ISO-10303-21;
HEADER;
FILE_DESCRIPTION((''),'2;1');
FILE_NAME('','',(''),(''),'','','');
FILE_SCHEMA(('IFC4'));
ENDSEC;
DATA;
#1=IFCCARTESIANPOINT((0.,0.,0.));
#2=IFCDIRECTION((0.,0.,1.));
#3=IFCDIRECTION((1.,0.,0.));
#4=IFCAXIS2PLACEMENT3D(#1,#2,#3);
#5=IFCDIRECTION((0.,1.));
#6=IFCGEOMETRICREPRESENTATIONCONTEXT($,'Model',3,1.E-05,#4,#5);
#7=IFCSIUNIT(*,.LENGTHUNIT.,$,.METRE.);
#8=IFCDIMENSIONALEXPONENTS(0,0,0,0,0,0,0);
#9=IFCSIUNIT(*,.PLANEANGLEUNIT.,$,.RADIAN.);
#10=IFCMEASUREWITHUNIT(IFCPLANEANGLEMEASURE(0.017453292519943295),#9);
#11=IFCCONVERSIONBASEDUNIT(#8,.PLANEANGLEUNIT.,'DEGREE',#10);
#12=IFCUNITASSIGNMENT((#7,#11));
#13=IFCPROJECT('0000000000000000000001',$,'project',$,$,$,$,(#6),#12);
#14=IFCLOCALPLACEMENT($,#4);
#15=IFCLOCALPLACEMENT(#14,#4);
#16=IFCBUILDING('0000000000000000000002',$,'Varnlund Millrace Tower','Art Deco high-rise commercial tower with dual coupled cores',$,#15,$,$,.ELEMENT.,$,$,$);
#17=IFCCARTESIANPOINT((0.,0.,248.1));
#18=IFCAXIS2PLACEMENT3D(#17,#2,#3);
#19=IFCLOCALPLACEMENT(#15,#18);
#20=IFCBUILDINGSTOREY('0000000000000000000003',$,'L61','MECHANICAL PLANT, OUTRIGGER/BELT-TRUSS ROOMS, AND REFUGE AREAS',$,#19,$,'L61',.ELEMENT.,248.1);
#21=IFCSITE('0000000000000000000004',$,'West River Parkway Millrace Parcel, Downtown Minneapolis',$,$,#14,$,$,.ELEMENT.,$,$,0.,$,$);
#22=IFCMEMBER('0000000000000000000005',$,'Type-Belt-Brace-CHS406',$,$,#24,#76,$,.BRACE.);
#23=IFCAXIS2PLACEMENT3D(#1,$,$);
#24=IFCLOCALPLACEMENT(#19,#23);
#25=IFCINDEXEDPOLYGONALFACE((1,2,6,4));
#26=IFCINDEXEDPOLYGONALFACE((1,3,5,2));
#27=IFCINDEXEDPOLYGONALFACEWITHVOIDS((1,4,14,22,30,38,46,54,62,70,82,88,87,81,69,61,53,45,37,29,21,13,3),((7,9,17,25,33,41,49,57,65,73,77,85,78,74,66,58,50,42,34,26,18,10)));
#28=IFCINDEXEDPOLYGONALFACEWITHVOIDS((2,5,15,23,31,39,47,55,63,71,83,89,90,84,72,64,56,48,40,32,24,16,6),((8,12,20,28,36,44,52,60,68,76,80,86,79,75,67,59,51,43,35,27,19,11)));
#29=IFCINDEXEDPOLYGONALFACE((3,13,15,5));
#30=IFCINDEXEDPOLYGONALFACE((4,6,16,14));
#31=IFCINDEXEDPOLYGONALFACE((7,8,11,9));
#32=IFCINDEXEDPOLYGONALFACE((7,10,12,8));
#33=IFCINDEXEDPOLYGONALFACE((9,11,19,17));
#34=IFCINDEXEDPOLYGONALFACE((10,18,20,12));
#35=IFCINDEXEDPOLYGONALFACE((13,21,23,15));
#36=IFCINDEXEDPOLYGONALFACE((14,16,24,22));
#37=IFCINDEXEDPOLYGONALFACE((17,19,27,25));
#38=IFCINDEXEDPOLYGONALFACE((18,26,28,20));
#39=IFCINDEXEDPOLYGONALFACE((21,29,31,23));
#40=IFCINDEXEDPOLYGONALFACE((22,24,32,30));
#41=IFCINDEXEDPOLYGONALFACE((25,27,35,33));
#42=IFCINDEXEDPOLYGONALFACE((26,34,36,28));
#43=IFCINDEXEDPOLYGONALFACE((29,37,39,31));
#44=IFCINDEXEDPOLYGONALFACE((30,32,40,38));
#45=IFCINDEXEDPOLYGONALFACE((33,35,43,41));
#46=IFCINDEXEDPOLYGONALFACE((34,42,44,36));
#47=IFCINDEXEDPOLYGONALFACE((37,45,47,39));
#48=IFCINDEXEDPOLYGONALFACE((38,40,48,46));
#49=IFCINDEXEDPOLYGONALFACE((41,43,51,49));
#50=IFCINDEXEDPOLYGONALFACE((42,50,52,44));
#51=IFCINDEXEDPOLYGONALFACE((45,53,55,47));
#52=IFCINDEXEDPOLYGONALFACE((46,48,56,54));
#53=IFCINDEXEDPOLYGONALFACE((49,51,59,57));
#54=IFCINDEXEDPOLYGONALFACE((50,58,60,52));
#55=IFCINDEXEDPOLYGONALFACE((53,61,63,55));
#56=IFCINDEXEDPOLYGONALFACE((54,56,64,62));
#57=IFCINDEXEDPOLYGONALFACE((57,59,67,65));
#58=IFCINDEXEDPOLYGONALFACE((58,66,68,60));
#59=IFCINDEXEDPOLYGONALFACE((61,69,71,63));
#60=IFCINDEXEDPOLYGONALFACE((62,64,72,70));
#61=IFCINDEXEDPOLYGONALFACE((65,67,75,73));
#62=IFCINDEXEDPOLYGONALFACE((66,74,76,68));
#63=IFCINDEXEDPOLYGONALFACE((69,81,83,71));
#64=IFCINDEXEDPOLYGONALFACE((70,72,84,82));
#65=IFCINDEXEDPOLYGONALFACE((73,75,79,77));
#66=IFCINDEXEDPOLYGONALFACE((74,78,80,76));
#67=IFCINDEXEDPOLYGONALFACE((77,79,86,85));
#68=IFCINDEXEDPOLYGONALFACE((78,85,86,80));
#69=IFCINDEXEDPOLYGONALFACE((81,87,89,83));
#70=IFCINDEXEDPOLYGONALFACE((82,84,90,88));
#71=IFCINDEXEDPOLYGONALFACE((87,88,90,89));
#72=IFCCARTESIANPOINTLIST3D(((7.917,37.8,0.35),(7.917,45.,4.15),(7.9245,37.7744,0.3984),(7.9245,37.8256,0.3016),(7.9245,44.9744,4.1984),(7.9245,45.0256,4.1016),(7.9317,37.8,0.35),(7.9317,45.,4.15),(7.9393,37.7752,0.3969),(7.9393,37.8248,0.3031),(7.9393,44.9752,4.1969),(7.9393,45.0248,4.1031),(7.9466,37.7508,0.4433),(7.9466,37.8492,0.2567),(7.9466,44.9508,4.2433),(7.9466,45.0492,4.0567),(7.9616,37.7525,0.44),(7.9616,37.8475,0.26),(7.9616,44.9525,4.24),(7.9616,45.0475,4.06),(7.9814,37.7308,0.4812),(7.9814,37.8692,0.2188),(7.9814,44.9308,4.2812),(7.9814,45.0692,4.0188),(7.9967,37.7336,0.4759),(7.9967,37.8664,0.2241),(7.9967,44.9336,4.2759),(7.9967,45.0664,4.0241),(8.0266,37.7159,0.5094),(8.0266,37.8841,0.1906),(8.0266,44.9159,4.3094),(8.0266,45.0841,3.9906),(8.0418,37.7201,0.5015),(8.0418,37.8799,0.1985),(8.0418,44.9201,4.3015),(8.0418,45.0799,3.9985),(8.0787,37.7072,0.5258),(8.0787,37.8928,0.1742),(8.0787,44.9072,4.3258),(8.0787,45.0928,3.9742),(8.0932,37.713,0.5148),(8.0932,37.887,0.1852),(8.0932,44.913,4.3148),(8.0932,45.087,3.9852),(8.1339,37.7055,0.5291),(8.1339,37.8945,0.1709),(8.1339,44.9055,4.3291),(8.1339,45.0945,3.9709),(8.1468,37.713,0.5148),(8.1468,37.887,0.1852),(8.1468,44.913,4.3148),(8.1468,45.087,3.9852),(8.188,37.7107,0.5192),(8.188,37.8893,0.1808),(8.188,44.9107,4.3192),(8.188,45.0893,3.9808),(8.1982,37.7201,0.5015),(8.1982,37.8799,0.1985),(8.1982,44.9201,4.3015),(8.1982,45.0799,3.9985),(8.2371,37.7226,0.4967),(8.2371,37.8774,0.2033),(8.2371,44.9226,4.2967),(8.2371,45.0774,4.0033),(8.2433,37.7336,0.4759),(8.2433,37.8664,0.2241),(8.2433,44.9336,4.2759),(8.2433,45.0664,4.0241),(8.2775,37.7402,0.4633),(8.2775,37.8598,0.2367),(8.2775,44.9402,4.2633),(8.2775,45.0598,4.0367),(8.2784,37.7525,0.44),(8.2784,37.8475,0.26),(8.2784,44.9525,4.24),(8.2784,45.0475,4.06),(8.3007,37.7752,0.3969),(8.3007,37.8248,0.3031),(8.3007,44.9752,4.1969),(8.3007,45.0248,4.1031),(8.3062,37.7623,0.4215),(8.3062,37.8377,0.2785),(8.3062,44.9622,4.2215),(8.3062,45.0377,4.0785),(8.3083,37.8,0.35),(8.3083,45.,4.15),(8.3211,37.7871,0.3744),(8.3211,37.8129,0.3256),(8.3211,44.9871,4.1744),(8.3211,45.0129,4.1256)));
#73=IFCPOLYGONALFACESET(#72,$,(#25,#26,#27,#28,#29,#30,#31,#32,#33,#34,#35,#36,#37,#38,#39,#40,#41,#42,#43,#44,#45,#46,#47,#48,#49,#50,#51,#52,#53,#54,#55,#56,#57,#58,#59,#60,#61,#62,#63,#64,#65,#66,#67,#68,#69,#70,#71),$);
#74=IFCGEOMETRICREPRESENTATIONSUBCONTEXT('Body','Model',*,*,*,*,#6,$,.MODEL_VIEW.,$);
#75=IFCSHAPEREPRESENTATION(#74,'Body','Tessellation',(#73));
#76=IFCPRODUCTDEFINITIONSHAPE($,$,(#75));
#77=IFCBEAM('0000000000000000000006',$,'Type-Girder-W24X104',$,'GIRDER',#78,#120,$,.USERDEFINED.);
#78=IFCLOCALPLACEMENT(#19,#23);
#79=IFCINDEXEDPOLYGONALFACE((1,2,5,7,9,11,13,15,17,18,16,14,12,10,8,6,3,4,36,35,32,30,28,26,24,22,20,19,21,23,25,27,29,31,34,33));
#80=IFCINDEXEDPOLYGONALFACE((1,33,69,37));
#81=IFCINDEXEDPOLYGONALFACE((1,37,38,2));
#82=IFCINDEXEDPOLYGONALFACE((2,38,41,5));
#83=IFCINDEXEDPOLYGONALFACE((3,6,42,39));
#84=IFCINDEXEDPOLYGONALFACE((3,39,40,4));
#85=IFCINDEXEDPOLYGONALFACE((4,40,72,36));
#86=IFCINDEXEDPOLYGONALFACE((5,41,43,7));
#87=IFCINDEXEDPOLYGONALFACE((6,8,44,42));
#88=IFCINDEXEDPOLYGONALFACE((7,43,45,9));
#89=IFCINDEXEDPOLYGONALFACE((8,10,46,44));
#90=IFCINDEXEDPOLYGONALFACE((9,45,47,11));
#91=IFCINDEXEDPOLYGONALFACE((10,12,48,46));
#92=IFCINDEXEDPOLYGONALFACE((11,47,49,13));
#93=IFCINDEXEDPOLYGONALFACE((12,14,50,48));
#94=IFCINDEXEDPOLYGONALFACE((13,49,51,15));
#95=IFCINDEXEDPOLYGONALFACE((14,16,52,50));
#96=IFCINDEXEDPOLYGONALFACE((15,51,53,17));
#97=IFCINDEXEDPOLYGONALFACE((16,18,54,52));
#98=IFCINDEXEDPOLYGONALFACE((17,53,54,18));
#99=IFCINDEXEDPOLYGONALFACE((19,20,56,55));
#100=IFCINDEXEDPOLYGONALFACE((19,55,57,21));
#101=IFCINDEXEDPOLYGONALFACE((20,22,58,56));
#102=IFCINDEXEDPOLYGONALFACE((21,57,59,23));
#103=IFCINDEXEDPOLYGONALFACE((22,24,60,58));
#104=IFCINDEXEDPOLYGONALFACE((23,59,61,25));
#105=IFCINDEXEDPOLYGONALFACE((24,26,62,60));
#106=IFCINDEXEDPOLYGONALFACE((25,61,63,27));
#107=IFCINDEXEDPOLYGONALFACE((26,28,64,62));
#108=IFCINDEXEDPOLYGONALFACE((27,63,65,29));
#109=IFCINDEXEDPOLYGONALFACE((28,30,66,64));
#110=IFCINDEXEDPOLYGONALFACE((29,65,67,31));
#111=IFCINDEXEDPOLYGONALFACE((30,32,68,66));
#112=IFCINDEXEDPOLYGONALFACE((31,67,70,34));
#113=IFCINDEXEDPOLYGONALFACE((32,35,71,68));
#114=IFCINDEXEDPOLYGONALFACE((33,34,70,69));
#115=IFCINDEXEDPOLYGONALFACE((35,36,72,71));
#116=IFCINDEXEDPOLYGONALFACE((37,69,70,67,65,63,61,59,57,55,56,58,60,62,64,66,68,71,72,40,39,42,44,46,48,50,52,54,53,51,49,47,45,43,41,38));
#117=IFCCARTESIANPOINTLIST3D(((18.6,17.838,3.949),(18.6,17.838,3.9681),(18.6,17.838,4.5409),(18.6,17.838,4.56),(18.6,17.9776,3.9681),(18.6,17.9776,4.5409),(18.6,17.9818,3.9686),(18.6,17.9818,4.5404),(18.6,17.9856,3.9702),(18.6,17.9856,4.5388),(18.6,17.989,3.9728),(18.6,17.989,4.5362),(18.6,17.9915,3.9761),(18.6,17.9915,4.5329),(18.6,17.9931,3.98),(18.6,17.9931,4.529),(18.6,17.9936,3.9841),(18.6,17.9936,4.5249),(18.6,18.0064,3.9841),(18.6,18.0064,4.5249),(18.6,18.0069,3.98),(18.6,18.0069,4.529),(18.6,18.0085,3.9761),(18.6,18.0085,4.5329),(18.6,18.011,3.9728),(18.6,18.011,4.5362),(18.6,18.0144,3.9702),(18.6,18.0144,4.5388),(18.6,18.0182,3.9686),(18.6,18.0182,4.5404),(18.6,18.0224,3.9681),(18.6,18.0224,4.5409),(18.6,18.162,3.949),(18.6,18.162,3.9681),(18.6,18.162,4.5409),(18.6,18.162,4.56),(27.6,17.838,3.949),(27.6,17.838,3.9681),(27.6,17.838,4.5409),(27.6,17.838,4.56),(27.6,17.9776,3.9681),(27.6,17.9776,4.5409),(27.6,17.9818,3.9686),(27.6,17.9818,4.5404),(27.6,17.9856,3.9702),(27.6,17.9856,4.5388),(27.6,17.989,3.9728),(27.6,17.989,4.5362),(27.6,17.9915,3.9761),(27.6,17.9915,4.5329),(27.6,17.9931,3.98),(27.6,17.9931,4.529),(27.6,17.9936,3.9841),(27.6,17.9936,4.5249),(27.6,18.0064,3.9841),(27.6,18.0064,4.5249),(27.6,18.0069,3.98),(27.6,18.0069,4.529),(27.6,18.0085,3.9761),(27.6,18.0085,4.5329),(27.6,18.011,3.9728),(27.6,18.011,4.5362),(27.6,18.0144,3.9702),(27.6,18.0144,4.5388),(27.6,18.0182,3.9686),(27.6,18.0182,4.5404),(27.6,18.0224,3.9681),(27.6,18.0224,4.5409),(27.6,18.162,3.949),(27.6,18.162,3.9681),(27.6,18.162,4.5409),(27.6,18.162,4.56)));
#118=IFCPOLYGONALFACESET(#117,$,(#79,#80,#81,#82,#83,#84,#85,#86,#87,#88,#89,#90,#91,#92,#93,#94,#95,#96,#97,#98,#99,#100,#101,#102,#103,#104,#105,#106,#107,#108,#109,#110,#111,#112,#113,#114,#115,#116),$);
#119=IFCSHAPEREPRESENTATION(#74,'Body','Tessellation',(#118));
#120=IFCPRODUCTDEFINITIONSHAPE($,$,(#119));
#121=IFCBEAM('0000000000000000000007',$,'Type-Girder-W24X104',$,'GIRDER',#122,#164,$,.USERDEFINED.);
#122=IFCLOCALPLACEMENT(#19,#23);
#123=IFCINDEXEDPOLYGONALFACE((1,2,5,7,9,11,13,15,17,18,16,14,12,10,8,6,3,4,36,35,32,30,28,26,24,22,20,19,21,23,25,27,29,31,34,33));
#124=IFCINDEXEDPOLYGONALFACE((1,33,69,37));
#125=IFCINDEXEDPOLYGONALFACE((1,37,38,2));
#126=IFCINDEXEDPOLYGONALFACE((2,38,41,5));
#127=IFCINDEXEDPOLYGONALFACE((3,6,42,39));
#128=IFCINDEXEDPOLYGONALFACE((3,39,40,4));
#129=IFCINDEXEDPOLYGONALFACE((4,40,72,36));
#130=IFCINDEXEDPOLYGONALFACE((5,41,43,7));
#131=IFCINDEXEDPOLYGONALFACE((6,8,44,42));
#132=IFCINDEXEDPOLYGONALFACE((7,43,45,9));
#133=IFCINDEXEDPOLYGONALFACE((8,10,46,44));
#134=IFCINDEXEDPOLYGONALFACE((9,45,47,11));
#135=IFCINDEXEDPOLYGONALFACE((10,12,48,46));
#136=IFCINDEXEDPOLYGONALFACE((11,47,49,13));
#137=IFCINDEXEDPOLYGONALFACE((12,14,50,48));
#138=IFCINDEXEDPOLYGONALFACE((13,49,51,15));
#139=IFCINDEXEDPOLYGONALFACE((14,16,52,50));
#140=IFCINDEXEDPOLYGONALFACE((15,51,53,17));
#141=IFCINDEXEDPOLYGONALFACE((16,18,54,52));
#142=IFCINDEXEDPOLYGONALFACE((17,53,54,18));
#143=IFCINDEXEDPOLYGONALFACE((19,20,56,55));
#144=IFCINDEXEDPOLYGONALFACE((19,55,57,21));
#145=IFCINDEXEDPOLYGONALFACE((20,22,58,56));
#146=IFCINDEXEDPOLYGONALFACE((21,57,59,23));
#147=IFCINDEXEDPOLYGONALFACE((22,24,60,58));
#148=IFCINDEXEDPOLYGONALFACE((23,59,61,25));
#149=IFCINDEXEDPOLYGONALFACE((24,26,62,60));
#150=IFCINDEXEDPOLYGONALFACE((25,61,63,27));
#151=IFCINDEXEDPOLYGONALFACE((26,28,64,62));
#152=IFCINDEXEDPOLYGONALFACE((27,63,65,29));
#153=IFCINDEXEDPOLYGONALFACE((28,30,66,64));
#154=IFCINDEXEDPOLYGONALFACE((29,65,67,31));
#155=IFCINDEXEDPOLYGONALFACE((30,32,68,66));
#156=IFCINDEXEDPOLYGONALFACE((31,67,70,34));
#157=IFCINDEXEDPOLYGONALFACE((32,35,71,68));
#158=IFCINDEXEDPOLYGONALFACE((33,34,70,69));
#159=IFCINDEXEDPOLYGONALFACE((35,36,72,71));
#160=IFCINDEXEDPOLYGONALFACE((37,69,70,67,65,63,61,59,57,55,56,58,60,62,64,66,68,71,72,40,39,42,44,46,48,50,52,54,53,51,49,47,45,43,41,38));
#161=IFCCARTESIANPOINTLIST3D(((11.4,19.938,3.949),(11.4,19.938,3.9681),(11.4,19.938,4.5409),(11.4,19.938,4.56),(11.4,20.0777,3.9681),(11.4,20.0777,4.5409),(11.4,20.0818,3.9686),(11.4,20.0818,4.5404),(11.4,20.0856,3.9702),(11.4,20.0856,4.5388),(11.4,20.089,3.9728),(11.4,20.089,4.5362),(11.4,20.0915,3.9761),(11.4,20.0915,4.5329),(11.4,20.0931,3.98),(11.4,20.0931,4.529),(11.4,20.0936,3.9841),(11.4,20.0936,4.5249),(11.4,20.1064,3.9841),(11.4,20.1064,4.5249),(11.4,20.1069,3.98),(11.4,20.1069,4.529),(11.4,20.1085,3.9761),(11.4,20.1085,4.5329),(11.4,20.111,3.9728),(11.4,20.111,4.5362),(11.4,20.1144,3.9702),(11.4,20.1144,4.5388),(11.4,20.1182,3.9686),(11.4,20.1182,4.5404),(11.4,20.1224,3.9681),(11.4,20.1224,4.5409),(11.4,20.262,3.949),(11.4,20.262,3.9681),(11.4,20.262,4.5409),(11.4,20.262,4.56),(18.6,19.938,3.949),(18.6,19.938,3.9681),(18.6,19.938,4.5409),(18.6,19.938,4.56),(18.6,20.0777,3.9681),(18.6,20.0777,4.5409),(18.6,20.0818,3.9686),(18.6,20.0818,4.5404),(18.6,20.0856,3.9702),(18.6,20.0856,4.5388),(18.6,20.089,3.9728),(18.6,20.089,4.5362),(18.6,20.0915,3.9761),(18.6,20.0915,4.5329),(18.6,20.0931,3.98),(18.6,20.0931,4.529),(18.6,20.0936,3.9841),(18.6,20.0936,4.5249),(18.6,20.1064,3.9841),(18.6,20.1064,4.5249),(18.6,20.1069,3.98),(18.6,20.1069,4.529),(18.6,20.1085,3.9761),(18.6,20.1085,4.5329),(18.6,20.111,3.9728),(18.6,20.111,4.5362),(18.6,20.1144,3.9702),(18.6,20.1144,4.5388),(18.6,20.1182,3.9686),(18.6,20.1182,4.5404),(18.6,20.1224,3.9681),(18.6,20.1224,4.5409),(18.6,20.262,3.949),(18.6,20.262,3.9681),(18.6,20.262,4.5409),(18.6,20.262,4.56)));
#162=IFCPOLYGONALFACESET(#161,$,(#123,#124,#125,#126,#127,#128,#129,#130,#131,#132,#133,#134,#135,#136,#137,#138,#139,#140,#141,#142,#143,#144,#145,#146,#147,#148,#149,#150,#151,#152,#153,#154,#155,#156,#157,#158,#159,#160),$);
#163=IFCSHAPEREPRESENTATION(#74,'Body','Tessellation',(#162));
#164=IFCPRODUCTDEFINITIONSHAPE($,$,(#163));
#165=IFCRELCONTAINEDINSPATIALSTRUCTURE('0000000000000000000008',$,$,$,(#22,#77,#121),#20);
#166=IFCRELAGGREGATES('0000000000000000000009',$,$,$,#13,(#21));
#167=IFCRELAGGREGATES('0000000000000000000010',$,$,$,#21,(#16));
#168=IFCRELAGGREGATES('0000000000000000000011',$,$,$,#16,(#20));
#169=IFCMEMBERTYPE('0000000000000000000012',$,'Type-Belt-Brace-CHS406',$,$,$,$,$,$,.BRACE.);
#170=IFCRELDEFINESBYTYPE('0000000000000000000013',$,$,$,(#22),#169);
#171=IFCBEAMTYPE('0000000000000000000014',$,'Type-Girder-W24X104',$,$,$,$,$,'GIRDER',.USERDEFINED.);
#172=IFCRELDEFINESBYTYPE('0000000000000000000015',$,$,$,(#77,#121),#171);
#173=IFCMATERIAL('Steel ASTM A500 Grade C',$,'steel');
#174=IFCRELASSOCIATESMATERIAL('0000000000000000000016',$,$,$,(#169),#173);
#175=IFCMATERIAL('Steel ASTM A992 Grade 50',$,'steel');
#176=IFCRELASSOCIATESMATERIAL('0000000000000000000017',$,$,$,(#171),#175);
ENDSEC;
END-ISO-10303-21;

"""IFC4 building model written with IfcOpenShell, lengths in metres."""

from ifc_helpers import new_model, entity, si_unit, converted_unit, direction, frame, origin_with_axes, origin_2d_with_axis, place, context, subcontext, project, spatial, hollow_circle, i_section, extrude, material, material_profile, profile_set, type_object, element, save


model = new_model("IFC4")

# Units and contexts
model_context = context("Model", 3, precision=1e-05, world=origin_with_axes(), true_north=direction((0.0, 1.0)))
body_context = subcontext(model_context, "Body", "Model", "MODEL_VIEW")
ifc_project = project(units=[si_unit("LENGTHUNIT", "METRE"), converted_unit("PLANEANGLEUNIT", "DEGREE", entity("IfcPlaneAngleMeasure", 0.017453292519943295), si_unit("PLANEANGLEUNIT", "RADIAN"), dimensions=[0, 0, 0, 0, 0, 0, 0])], contexts=[model_context])

# Site, building, storey
site_placement = place(None, origin_with_axes())
site = spatial("IfcSite", under=ifc_project, at=site_placement, Name="West River Parkway Millrace Parcel, Downtown Minneapolis", CompositionType="ELEMENT", RefElevation=0.0)
building_placement = place(site_placement, origin_with_axes())
building = spatial("IfcBuilding", under=site, at=building_placement, Name="Varnlund Millrace Tower", Description="Art Deco high-rise commercial tower with dual coupled cores", CompositionType="ELEMENT")
storey_placement = place(building_placement, frame((0.0, 0.0, 248.1), z_axis=(0.0, 0.0, 1.0), x_axis=(1.0, 0.0, 0.0)))
storey = spatial("IfcBuildingStorey", under=building, at=storey_placement, Name="L61", Description="MECHANICAL PLANT, OUTRIGGER/BELT-TRUSS ROOMS, AND REFUGE AREAS", LongName="L61", CompositionType="ELEMENT", Elevation=248.1)

# Shared definitions
ifc_material_1 = material(Name="Steel ASTM A992 Grade 50", Category="steel")

# Member
ifc_material_2 = material(Name="Steel ASTM A500 Grade C", Category="steel")
ifc_material_profile_1 = material_profile(ifc_material_2, hollow_circle(Radius=0.203, WallThickness=0.0147, at=origin_2d_with_axis()), Name="Steel ASTM A500 Grade C")
ifc_profile_set_1 = profile_set([ifc_material_profile_1], Name="Steel ASTM A500 Grade C")
member_type = type_object("IfcMemberType", Name="Type-Belt-Brace-CHS406", PredefinedType="BRACE", material=ifc_profile_set_1)
member_1_placement = place(storey_placement, frame((8.12, 37.8, 0.35), z_axis=(0.0, 0.884385, 0.466759), x_axis=(-1.0, 0.0, 0.0)))
element("IfcMember", 1, at=member_1_placement, inside=storey, type_object=member_type, Name="Type-Belt-Brace-CHS406", PredefinedType="BRACE", context=body_context, shape_type="SweptSolid", body=[
    extrude(hollow_circle(Radius=0.203, WallThickness=0.0147, at=origin_2d_with_axis()), origin_with_axes(), (0.0, 0.0, 1.0), 8.1413),
])

# Beams
ifc_material_profile_2 = material_profile(ifc_material_1, i_section(OverallWidth=0.324, OverallDepth=0.611, WebThickness=0.0127, FlangeThickness=0.0191, FilletRadius=0.016, at=origin_2d_with_axis()), Name="Steel ASTM A992 Grade 50")
ifc_profile_set_2 = profile_set([ifc_material_profile_2], Name="Steel ASTM A992 Grade 50")
beam_type_1 = type_object("IfcBeamType", Name="Type-Girder-W24X104", ElementType="GIRDER", PredefinedType="USERDEFINED", material=ifc_profile_set_2)
beam_1_placement = place(storey_placement, frame((18.6, 18.0, 4.2545), z_axis=(1.0, 0.0, 0.0), x_axis=(0.0, 1.0, 0.0)))
element("IfcBeam", 2, at=beam_1_placement, inside=storey, type_object=beam_type_1, Name="Type-Girder-W24X104", ObjectType="GIRDER", PredefinedType="USERDEFINED", context=body_context, shape_type="SweptSolid", body=[
    extrude(i_section(OverallWidth=0.324, OverallDepth=0.611, WebThickness=0.0127, FlangeThickness=0.0191, FilletRadius=0.016, at=origin_2d_with_axis()), origin_with_axes(), (0.0, 0.0, 1.0), 9.0),
])
for number, where, z_axis, x_axis, name in (
    (3, (11.4, 20.1, 4.2545), (1.0, 0.0, 0.0), (0.0, 1.0, 0.0), "Type-Girder-W24X104"),
):
    element("IfcBeam", number, at=place(storey_placement, frame(where, z_axis=z_axis, x_axis=x_axis)), inside=storey, type_object=beam_type_1, Name=name, ObjectType="GIRDER", PredefinedType="USERDEFINED", context=body_context, shape_type="SweptSolid", body=[
        extrude(i_section(OverallWidth=0.324, OverallDepth=0.611, WebThickness=0.0127, FlangeThickness=0.0191, FilletRadius=0.016, at=origin_2d_with_axis()), origin_with_axes(), (0.0, 0.0, 1.0), 7.2),
    ])

save(model, "model.ifc")
